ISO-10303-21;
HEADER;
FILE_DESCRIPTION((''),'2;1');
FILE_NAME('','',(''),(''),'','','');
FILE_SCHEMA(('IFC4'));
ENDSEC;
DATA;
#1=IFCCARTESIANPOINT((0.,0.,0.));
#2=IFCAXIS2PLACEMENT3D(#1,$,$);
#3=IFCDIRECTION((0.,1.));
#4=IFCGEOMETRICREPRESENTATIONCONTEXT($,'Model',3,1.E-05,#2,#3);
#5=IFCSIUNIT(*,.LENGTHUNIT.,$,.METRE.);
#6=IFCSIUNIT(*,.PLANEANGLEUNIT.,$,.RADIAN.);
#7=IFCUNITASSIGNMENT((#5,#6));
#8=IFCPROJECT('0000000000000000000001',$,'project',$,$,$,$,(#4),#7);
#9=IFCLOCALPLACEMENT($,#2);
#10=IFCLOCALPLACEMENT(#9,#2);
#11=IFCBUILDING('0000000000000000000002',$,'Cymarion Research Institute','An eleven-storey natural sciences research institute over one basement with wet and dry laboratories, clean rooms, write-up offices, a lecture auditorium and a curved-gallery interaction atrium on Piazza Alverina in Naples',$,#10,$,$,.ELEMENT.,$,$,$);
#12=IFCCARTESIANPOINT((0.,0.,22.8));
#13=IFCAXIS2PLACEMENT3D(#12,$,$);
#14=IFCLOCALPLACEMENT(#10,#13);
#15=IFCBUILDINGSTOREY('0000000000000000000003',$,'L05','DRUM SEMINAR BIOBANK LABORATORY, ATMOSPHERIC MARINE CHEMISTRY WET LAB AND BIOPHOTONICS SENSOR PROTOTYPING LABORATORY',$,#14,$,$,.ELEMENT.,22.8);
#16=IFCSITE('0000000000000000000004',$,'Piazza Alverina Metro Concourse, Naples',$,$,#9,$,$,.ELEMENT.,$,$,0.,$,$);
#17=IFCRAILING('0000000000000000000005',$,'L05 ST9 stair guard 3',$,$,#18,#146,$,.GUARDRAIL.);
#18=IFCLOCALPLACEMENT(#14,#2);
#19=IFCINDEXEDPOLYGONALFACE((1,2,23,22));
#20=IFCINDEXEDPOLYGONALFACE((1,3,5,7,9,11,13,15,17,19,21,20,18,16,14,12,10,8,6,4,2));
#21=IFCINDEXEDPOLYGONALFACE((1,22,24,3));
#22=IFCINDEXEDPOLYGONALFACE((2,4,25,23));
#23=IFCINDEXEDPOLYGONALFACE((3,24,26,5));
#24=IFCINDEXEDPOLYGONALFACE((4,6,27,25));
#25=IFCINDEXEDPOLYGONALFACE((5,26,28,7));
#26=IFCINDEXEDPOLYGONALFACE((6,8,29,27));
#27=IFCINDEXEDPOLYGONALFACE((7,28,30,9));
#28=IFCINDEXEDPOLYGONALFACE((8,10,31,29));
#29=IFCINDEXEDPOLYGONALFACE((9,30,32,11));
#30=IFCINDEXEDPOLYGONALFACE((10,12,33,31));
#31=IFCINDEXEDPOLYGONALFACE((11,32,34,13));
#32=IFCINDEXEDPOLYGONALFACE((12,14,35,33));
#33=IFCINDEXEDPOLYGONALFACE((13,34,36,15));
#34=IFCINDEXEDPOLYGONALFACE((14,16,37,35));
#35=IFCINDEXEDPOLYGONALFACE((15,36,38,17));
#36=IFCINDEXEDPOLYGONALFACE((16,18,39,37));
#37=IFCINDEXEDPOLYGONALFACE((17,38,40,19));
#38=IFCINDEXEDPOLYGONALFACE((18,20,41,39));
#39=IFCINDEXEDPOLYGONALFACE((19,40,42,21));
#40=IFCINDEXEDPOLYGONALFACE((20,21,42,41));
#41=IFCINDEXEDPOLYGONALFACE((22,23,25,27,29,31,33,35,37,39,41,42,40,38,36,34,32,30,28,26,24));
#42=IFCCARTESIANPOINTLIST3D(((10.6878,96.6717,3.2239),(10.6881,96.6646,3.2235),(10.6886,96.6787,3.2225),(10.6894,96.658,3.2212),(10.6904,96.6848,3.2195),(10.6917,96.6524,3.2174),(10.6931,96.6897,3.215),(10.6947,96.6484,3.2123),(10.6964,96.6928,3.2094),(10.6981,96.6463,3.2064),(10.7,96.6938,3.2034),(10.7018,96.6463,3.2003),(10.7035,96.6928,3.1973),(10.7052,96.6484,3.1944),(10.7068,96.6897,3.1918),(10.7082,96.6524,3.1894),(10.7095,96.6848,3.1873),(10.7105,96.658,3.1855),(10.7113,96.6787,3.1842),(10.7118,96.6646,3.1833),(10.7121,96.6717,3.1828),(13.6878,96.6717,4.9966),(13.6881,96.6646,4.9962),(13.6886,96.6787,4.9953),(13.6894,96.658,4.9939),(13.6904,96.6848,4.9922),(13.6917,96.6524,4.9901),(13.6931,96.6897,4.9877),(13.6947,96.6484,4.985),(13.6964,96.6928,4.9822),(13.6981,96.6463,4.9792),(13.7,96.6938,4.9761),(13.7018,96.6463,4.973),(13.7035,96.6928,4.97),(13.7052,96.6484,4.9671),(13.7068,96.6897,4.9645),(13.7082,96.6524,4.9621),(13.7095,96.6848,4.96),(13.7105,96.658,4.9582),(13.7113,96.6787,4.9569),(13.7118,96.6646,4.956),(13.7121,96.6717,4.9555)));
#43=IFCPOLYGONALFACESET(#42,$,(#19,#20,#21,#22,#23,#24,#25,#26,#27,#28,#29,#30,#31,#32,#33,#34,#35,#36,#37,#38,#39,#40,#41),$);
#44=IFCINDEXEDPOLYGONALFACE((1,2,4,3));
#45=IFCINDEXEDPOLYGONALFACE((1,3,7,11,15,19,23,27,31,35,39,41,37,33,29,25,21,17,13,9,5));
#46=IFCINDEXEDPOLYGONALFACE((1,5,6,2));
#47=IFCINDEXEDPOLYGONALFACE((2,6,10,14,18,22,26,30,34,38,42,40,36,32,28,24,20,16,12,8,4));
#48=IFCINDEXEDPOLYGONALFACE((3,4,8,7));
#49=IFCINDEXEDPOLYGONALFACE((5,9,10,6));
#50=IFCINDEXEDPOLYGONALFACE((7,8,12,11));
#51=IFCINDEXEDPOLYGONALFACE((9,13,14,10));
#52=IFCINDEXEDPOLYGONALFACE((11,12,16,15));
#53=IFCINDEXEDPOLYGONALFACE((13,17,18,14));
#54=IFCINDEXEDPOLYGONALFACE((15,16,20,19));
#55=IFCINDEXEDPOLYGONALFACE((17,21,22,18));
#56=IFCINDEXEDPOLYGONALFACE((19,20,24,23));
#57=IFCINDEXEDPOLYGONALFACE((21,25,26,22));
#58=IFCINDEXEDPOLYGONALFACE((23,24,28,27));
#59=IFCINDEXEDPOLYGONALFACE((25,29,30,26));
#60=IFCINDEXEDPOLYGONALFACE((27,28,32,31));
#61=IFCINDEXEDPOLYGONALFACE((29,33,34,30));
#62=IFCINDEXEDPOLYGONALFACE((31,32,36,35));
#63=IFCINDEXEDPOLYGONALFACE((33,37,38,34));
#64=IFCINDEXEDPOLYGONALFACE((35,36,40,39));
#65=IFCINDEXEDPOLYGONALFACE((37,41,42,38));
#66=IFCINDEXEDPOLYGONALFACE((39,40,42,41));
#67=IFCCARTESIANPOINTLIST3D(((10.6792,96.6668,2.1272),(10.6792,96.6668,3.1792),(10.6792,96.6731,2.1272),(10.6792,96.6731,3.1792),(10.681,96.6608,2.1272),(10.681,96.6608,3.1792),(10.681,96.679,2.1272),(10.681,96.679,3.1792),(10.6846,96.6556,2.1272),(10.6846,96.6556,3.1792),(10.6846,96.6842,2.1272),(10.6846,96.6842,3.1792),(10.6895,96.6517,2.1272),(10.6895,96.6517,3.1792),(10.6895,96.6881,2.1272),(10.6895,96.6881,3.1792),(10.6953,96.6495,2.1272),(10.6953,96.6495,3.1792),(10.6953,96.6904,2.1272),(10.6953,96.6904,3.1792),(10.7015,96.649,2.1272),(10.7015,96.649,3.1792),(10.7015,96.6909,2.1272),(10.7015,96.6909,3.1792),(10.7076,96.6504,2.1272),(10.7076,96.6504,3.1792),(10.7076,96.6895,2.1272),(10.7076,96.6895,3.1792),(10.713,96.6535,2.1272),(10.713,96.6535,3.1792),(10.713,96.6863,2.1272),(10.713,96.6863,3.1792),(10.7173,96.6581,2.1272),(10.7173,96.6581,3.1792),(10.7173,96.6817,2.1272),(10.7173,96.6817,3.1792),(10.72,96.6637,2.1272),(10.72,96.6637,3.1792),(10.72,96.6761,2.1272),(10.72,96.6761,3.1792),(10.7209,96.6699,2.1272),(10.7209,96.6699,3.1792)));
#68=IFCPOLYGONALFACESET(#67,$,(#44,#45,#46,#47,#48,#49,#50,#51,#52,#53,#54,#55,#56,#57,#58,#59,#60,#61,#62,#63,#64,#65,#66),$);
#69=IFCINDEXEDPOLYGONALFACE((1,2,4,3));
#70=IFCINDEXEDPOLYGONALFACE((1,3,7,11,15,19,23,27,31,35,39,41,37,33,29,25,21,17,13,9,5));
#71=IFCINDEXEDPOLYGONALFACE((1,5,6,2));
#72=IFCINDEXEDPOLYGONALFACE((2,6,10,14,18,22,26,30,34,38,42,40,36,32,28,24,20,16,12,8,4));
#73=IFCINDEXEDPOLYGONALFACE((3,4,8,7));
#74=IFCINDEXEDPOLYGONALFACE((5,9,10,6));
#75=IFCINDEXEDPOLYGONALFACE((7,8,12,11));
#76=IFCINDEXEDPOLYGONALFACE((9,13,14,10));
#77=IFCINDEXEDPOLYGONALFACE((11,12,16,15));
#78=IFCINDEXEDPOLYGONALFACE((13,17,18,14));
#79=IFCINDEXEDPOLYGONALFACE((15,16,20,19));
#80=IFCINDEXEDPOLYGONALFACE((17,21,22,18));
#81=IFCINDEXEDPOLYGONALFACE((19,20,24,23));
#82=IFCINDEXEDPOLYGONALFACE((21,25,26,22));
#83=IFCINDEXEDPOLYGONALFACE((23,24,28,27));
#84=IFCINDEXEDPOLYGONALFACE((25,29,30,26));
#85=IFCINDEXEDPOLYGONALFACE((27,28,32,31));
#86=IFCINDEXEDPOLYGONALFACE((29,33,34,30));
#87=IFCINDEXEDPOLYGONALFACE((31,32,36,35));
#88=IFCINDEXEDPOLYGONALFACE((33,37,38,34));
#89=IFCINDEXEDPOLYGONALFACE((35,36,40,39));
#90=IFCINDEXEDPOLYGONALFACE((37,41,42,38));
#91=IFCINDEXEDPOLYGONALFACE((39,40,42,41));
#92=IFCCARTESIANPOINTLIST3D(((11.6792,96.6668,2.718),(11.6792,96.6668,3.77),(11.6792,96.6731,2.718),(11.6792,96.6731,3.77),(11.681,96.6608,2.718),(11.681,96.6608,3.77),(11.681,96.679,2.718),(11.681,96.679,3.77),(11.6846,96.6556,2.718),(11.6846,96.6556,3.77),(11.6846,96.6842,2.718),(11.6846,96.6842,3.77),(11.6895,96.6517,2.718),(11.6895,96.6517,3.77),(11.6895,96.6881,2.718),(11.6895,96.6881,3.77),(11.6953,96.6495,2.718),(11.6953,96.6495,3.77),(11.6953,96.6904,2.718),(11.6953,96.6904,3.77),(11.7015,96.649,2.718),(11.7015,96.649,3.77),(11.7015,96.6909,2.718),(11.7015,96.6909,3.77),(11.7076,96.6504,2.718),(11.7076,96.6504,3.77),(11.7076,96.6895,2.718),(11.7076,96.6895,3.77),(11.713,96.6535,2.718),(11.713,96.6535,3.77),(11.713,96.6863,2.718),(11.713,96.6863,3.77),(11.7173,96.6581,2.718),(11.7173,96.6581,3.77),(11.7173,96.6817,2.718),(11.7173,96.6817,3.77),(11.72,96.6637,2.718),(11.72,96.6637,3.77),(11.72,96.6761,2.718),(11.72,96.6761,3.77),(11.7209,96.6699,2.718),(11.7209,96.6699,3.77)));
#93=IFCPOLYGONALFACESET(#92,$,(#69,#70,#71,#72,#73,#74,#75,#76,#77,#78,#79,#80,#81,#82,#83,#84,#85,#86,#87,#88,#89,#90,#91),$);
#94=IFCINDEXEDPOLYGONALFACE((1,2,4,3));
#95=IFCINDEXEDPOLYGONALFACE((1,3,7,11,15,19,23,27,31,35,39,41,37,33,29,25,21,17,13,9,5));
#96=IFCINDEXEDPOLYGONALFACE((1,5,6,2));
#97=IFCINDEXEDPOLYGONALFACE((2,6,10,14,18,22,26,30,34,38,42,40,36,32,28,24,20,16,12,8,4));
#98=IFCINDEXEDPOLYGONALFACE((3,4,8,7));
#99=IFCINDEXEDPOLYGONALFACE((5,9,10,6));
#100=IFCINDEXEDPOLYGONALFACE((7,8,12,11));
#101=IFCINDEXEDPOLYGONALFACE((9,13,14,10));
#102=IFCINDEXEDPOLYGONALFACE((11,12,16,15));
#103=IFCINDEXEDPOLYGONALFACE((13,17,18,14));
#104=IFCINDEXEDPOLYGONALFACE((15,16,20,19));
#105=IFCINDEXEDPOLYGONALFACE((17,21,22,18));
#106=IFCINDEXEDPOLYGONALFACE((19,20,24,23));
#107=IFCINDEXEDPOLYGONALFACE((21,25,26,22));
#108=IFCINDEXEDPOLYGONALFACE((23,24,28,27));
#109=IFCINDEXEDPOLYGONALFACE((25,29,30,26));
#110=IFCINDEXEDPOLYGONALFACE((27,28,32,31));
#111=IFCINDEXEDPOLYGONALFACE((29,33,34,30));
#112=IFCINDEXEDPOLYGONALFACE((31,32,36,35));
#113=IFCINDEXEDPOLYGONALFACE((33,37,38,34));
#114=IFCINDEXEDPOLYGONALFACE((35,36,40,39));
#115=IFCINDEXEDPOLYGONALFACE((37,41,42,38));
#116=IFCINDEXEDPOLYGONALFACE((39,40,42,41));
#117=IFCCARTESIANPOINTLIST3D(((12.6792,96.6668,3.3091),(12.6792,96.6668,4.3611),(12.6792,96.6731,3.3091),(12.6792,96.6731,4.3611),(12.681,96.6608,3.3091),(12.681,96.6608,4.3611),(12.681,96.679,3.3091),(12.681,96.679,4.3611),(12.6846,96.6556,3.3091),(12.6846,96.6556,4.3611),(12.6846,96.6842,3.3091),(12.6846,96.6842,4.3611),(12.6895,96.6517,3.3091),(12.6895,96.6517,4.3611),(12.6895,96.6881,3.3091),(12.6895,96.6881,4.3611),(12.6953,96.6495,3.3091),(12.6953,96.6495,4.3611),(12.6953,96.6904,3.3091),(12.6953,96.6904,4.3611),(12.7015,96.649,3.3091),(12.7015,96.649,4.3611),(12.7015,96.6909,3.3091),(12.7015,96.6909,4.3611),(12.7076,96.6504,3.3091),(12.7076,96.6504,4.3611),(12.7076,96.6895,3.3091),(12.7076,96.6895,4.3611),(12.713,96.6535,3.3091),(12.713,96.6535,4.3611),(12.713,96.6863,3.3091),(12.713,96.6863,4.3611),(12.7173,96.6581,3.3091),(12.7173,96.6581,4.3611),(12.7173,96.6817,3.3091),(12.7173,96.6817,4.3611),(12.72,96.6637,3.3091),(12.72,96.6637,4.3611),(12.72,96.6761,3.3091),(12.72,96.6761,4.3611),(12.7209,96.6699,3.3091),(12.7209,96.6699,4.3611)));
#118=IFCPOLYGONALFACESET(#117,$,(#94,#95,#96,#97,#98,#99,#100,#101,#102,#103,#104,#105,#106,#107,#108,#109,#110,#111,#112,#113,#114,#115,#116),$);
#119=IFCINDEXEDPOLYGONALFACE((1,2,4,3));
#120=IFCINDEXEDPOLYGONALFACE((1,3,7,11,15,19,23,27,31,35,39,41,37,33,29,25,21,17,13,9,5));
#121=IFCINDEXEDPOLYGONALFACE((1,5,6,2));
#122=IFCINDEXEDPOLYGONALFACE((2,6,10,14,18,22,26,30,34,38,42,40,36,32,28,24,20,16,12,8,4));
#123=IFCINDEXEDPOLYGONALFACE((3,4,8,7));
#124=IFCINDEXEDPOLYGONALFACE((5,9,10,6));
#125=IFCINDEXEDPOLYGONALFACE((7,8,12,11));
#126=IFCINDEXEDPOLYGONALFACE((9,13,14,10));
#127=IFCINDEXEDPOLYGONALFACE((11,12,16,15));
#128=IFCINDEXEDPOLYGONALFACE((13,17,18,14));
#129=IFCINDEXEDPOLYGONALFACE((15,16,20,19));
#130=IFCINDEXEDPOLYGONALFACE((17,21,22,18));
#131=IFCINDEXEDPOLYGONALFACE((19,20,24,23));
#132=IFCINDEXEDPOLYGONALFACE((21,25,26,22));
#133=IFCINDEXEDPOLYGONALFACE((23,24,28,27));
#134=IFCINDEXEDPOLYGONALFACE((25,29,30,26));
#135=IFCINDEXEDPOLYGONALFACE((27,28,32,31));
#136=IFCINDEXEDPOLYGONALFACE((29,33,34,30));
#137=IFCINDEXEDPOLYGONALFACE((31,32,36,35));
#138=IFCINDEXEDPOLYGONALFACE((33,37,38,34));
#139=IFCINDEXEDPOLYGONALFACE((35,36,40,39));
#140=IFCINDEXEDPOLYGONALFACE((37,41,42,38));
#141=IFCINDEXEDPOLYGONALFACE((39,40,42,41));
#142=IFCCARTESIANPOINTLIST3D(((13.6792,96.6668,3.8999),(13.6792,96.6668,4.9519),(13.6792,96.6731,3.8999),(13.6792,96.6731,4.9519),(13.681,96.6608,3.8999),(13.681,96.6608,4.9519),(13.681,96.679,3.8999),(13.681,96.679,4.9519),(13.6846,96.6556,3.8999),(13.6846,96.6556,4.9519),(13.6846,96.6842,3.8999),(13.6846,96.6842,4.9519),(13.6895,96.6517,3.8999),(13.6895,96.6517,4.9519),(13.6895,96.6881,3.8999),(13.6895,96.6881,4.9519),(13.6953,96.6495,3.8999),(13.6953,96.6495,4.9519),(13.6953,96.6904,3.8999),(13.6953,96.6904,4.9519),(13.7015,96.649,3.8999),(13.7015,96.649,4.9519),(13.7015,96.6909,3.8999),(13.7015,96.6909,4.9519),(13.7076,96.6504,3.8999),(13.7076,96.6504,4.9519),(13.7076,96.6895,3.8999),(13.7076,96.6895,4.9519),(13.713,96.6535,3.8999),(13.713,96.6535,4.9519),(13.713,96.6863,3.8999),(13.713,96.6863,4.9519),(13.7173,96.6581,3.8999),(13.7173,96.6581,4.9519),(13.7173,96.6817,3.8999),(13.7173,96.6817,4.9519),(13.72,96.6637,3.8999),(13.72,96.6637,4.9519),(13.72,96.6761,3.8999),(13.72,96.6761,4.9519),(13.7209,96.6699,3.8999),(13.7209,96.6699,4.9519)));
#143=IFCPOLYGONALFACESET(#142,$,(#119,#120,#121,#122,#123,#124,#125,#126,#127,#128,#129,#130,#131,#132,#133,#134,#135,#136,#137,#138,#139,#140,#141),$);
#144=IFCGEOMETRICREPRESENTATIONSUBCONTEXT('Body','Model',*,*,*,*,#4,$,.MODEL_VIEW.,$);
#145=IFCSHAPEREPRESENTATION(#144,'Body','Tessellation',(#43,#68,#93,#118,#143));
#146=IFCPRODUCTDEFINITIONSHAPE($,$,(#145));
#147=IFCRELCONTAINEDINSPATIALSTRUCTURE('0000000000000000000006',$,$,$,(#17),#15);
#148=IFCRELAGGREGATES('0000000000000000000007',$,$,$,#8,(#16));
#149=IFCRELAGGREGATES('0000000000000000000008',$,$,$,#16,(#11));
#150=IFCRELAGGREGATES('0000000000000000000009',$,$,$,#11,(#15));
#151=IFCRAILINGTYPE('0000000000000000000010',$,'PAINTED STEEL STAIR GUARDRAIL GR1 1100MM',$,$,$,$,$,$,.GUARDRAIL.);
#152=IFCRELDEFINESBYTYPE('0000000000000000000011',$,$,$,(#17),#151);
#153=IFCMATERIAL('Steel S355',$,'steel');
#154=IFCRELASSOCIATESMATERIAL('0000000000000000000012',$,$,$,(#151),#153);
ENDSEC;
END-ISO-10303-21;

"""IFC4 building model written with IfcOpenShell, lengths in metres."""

from ifc_helpers import new_model, si_unit, direction, frame, origin, origin_2d, place, context, subcontext, project, spatial, circle, extrude, material, type_object, element, save


model = new_model("IFC4")

# Units and contexts
model_context = context("Model", 3, precision=1e-05, world=origin(), true_north=direction((0.0, 1.0)))
body_context = subcontext(model_context, "Body", "Model", "MODEL_VIEW")
ifc_project = project(units=[si_unit("LENGTHUNIT", "METRE"), si_unit("PLANEANGLEUNIT", "RADIAN")], contexts=[model_context])

# Site, building, storey
site_placement = place(None, origin())
site = spatial("IfcSite", under=ifc_project, at=site_placement, Name="Piazza Alverina Metro Concourse, Naples", CompositionType="ELEMENT", RefElevation=0.0)
building_placement = place(site_placement, origin())
building = spatial("IfcBuilding", under=site, at=building_placement, Name="Cymarion Research Institute", Description="An eleven-storey natural sciences research institute over one basement with wet and dry laboratories, clean rooms, write-up offices, a lecture auditorium and a curved-gallery interaction atrium on Piazza Alverina in Naples", CompositionType="ELEMENT")
storey_placement = place(building_placement, frame((0.0, 0.0, 22.8)))
storey = spatial("IfcBuildingStorey", under=building, at=storey_placement, Name="L05", Description="DRUM SEMINAR BIOBANK LABORATORY, ATMOSPHERIC MARINE CHEMISTRY WET LAB AND BIOPHOTONICS SENSOR PROTOTYPING LABORATORY", CompositionType="ELEMENT", Elevation=22.8)

# Railing
ifc_material_1 = material(Name="Steel S355", Category="steel")
railing_type_1 = type_object("IfcRailingType", Name="PAINTED STEEL STAIR GUARDRAIL GR1 1100MM", PredefinedType="GUARDRAIL", material=ifc_material_1)
railing_1_placement = place(storey_placement, frame((10.7, 96.6699, 2.1272)))
element("IfcRailing", 1, at=railing_1_placement, inside=storey, type_object=railing_type_1, Name="L05 ST9 stair guard 3", PredefinedType="GUARDRAIL", context=body_context, shape_type="SweptSolid", body=[
    extrude(circle(Radius=0.0239, at=origin_2d()), frame((0.0, 0.0, 1.0762), z_axis=(0.860929, 0.0, 0.508725), x_axis=(0.0, 1.0, 0.0)), (0.0, 0.0, 1.0), 3.4846),
    extrude(circle(Radius=0.021, at=origin_2d()), origin(), (0.0, 0.0, 1.0), 1.052),
    extrude(circle(Radius=0.021, at=origin_2d()), frame((1.0, 0.0, 0.5908)), (0.0, 0.0, 1.0), 1.052),
    extrude(circle(Radius=0.021, at=origin_2d()), frame((2.0, 0.0, 1.1819)), (0.0, 0.0, 1.0), 1.052),
    extrude(circle(Radius=0.021, at=origin_2d()), frame((3.0, 0.0, 1.7727)), (0.0, 0.0, 1.0), 1.052),
])

save(model, "model.ifc")
